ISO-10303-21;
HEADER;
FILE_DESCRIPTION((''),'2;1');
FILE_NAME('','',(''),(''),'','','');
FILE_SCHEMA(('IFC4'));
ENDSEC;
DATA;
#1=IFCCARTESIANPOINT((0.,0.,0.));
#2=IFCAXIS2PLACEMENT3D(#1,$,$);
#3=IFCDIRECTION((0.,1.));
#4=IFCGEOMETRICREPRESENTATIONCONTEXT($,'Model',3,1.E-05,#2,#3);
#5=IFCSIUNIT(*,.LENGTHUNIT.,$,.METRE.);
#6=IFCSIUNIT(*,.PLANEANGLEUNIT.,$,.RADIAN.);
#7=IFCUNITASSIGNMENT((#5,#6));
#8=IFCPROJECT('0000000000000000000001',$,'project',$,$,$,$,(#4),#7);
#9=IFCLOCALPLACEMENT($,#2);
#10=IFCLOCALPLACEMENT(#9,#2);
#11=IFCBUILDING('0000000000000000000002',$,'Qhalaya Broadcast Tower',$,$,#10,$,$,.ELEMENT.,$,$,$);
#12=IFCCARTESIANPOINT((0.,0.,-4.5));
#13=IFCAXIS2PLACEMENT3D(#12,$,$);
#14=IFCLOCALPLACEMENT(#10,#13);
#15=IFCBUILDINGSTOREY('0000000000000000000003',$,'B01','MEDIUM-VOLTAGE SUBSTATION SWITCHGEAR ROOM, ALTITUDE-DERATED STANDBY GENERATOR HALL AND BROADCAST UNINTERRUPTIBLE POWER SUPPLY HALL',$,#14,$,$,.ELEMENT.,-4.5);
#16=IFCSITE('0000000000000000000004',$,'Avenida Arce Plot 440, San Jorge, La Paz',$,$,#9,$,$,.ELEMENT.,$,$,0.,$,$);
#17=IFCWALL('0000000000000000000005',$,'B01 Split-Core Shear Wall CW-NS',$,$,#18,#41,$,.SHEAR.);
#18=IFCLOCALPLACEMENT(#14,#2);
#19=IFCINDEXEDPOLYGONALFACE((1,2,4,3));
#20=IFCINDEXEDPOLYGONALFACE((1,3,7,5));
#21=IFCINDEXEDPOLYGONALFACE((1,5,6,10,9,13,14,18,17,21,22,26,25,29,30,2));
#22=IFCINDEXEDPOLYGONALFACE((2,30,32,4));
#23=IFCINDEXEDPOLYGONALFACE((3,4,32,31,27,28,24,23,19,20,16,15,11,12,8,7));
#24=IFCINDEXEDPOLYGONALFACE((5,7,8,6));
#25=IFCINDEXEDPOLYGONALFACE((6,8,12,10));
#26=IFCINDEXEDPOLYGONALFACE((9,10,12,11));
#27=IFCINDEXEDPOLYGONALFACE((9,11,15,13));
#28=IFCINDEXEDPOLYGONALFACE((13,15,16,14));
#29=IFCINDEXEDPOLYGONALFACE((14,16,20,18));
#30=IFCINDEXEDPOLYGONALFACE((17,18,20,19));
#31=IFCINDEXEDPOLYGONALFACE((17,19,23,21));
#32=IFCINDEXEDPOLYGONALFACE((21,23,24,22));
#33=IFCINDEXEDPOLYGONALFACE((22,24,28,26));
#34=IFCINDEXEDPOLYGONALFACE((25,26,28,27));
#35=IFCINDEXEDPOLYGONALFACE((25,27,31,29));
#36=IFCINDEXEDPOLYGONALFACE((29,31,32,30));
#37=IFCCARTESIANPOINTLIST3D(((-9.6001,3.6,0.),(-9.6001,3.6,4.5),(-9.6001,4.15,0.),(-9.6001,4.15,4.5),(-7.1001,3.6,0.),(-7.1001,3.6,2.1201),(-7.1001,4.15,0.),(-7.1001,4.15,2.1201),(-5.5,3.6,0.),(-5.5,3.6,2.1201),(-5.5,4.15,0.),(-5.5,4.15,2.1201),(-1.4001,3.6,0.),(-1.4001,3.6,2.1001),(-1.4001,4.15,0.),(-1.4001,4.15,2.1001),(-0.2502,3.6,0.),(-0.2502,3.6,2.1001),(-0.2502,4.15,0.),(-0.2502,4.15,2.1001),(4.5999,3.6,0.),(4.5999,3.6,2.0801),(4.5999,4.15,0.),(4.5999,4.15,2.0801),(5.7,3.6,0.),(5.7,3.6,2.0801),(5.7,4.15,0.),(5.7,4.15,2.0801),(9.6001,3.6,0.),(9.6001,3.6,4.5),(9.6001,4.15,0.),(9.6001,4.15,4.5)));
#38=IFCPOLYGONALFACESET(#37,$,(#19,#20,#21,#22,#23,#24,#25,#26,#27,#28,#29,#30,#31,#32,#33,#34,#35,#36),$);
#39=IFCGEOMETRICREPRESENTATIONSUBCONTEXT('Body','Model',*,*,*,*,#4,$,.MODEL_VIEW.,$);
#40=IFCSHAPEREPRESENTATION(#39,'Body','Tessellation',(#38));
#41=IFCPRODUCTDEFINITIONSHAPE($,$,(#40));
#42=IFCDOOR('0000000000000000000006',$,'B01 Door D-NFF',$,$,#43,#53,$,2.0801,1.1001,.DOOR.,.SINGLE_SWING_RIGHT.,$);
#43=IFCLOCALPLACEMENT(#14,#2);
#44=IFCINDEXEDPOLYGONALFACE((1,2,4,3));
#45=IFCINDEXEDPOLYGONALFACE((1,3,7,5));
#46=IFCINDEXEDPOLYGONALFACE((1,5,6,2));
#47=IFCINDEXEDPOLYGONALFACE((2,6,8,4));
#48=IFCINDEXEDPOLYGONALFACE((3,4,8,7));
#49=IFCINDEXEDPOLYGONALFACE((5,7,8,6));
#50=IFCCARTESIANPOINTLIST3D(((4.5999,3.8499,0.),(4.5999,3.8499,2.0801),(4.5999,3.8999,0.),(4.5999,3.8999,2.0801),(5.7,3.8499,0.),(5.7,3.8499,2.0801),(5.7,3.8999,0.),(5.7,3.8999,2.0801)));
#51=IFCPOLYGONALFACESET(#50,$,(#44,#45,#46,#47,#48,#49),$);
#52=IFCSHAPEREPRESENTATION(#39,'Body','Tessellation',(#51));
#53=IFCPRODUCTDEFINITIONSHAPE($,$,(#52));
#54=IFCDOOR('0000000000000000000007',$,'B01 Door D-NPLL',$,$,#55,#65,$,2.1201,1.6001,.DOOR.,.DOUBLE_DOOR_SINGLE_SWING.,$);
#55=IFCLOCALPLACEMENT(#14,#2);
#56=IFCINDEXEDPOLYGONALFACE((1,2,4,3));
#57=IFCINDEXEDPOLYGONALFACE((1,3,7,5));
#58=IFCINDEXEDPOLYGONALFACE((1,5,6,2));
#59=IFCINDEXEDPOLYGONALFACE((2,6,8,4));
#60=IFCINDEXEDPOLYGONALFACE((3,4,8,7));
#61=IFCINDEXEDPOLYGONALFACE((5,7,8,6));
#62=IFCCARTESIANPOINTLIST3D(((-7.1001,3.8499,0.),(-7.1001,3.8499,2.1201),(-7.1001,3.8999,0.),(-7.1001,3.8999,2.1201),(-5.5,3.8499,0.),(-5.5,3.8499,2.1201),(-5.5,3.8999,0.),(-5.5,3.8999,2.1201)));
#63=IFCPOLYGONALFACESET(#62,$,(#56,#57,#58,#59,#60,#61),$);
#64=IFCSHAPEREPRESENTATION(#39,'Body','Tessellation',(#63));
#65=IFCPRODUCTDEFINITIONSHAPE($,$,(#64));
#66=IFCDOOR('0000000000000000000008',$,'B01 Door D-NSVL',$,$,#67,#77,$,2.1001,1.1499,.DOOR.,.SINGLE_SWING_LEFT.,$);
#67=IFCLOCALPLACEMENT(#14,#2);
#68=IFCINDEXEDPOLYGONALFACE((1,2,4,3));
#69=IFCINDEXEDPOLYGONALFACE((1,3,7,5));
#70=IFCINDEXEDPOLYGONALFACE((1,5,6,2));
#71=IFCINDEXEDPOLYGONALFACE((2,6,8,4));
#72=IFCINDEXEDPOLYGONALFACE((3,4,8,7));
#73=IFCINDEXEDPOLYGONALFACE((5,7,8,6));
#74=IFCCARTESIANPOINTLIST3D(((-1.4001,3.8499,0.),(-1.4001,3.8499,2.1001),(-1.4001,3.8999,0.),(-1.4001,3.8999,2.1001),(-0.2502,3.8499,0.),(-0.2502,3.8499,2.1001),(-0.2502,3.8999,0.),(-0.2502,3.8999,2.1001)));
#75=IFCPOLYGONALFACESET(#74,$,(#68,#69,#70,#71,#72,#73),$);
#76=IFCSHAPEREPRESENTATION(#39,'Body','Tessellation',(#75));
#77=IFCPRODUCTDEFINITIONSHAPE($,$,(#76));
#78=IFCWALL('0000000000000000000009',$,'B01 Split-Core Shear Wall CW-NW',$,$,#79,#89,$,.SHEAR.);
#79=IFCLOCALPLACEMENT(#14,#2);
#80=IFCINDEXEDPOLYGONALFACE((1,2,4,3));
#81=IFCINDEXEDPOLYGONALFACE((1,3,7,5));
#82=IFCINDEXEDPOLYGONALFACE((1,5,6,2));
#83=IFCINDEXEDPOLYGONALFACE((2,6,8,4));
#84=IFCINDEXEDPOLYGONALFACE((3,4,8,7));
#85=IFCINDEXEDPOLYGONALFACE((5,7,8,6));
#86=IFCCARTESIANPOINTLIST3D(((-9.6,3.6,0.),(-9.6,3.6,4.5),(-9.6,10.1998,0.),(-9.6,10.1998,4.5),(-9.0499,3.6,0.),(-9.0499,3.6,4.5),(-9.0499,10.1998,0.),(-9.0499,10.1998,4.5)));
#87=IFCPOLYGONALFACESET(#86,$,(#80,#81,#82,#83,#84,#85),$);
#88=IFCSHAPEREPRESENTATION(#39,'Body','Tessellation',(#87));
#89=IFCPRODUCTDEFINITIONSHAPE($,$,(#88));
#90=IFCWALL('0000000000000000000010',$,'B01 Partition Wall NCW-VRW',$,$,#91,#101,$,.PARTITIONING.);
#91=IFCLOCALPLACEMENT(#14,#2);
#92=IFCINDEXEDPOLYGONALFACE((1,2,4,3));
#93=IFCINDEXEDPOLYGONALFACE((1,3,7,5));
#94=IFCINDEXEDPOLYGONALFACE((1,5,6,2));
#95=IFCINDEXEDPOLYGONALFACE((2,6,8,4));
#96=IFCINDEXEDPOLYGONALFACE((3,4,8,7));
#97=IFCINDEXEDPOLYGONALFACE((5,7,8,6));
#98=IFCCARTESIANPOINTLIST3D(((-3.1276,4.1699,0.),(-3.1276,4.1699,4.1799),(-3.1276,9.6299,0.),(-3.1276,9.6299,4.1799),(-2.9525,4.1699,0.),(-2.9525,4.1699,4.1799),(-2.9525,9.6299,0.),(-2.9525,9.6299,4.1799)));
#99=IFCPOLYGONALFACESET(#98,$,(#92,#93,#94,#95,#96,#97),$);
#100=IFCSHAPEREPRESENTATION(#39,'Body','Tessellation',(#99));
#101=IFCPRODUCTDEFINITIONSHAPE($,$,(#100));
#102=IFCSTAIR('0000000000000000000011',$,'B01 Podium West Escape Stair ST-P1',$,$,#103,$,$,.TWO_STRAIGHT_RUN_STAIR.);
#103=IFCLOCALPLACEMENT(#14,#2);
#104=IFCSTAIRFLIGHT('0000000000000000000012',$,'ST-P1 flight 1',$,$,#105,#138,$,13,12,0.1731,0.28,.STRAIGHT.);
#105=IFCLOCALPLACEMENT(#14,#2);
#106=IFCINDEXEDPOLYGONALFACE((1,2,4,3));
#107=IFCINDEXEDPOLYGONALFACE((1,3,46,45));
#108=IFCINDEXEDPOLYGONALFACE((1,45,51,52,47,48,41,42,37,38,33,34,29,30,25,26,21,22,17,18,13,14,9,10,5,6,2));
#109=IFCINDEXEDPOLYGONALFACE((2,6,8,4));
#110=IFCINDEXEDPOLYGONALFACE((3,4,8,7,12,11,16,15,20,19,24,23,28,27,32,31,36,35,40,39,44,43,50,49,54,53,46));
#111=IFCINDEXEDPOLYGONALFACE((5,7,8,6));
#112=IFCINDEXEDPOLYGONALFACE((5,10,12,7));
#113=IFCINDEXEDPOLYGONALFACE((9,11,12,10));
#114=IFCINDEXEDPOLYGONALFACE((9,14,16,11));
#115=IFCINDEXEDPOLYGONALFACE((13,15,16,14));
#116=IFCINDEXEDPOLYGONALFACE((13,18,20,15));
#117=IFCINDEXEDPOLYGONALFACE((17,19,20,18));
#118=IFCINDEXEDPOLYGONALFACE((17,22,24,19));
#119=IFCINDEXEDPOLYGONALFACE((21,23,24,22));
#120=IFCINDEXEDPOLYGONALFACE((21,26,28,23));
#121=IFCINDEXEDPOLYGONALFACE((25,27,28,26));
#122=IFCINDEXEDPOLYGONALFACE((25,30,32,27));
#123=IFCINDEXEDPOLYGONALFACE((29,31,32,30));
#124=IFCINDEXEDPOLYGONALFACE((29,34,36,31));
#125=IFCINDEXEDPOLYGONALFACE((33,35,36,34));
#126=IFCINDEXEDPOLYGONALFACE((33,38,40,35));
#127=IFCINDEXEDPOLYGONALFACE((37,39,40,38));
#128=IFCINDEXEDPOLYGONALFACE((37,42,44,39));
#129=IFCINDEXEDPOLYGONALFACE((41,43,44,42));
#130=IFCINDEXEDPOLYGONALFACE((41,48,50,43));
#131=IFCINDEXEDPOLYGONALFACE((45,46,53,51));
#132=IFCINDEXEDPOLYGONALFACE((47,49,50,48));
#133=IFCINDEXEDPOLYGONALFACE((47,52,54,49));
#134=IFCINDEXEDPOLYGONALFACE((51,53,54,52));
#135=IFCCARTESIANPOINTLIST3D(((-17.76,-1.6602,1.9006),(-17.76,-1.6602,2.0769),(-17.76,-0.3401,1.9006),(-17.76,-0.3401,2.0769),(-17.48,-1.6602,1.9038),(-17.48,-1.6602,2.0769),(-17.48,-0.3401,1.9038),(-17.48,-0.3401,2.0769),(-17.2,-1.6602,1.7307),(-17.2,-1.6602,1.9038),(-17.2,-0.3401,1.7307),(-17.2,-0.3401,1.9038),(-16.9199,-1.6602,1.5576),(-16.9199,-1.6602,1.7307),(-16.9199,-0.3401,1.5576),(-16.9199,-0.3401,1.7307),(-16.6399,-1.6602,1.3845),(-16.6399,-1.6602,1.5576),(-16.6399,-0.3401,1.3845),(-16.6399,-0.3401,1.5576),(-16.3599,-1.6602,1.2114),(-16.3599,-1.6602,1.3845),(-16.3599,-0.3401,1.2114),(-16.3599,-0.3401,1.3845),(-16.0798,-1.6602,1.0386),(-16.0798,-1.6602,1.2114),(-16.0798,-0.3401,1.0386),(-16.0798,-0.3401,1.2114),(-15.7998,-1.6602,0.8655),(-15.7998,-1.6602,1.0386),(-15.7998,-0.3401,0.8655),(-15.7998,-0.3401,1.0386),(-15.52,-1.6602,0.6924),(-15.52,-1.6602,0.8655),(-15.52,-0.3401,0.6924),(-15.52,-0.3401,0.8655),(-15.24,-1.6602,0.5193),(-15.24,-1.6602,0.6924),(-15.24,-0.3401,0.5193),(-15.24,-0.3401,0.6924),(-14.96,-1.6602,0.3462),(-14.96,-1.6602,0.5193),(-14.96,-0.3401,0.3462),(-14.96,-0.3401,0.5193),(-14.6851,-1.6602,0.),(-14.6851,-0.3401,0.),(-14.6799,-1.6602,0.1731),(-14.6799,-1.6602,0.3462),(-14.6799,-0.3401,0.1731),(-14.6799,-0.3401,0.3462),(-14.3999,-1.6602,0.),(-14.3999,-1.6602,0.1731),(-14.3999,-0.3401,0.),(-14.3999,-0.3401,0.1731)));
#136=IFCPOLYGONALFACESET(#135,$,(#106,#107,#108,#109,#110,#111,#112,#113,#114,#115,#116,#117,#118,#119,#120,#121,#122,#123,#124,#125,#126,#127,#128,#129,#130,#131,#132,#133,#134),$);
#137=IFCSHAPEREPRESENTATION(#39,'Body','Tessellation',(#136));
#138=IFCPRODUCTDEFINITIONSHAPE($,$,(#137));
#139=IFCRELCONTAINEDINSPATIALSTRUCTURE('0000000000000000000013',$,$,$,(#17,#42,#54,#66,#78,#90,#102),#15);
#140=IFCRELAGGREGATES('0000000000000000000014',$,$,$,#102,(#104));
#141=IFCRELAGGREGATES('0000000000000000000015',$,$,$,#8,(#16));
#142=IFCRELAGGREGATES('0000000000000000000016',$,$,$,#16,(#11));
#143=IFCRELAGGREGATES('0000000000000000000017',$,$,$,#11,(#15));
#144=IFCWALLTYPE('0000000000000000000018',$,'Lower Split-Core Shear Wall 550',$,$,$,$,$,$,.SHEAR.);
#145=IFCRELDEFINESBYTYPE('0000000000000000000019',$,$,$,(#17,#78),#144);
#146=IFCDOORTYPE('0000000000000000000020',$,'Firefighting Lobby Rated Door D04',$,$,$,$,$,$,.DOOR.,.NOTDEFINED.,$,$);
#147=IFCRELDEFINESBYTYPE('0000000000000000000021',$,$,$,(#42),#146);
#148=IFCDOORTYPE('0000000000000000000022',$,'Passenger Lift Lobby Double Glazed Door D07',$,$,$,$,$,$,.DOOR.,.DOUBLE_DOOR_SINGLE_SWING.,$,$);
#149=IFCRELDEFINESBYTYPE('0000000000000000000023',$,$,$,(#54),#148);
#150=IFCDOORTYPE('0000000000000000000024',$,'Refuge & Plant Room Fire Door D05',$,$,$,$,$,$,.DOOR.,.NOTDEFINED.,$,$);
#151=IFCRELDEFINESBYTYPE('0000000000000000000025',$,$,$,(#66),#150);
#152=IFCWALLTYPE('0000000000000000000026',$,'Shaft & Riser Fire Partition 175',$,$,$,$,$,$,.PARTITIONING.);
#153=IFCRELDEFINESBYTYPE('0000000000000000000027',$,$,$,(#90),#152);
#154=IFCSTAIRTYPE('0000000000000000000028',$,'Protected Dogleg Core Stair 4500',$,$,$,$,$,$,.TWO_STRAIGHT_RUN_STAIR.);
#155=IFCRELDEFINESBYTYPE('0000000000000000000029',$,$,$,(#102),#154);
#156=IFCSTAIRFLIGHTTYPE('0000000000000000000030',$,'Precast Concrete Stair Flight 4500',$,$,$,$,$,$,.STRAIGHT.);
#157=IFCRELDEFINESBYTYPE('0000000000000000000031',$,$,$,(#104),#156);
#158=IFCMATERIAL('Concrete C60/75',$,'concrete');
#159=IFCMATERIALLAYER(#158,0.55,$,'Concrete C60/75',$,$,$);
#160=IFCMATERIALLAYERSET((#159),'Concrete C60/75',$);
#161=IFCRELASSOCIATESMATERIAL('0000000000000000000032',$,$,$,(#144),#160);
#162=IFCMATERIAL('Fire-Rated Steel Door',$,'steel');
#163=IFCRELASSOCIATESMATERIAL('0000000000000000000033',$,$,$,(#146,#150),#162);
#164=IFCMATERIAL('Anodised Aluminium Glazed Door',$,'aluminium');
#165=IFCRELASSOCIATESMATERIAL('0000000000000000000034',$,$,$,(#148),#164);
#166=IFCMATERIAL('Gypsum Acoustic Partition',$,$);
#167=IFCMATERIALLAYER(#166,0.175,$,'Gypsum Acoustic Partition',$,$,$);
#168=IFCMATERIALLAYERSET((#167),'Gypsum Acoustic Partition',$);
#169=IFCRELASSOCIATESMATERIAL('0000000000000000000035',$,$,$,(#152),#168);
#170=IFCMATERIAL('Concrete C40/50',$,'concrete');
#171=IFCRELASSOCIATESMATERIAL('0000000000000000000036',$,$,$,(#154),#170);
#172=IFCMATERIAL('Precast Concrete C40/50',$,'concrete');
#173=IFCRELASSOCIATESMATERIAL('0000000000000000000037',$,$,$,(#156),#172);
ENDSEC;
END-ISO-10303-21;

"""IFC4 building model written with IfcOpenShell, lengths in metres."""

from ifc_helpers import new_model, si_unit, direction, frame, frame_2d, origin, place, context, subcontext, project, spatial, polyline, rectangle, outline, extrude, material, layer, layer_set, type_object, element, fill, aggregate, save


model = new_model("IFC4")

# Units and contexts
model_context = context("Model", 3, precision=1e-05, world=origin(), true_north=direction((0.0, 1.0)))
body_context = subcontext(model_context, "Body", "Model", "MODEL_VIEW")
ifc_project = project(units=[si_unit("LENGTHUNIT", "METRE"), si_unit("PLANEANGLEUNIT", "RADIAN")], contexts=[model_context])

# Site, building, storey
site_placement = place(None, origin())
site = spatial("IfcSite", under=ifc_project, at=site_placement, Name="Avenida Arce Plot 440, San Jorge, La Paz", CompositionType="ELEMENT", RefElevation=0.0)
building_placement = place(site_placement, origin())
building = spatial("IfcBuilding", under=site, at=building_placement, Name="Qhalaya Broadcast Tower", CompositionType="ELEMENT")
storey_placement = place(building_placement, frame((0.0, 0.0, -4.5)))
storey = spatial("IfcBuildingStorey", under=building, at=storey_placement, Name="B01", Description="MEDIUM-VOLTAGE SUBSTATION SWITCHGEAR ROOM, ALTITUDE-DERATED STANDBY GENERATOR HALL AND BROADCAST UNINTERRUPTIBLE POWER SUPPLY HALL", CompositionType="ELEMENT", Elevation=-4.5)

# Shared definitions
ifc_material_1 = material(Name="Concrete C60/75", Category="concrete")

# Shared definitions
ifc_material_2 = material(Name="Gypsum Acoustic Partition")
ifc_material_3 = material(Name="Fire-Rated Steel Door", Category="steel")

# Wall, openings, doors
ifc_layer_1 = layer(ifc_material_1, 0.55, Name="Concrete C60/75")
ifc_layer_set_1 = layer_set([ifc_layer_1], Name="Concrete C60/75")
wall_type_1 = type_object("IfcWallType", Name="Lower Split-Core Shear Wall 550", PredefinedType="SHEAR", material=ifc_layer_set_1)
wall_1_placement = place(storey_placement, frame((-9.6001, 3.875, 0.0), z_axis=(0.0, 0.0, 1.0), x_axis=(1.0, 0.0, 0.0)))
wall_1 = element("IfcWall", 1, at=wall_1_placement, inside=storey, type_object=wall_type_1, Name="B01 Split-Core Shear Wall CW-NS", PredefinedType="SHEAR", context=body_context, shape_type="SweptSolid", body=[
    extrude(rectangle(XDim=19.2002, YDim=0.55, at=frame_2d((9.6001, 0.0))), origin(), (0.0, 0.0, 1.0), 4.5),
])
opening_1_placement = place(wall_1_placement, frame((14.2, 0.0, 0.0)))
opening_1 = element("IfcOpeningElement", 2, at=opening_1_placement, cuts=wall_1, PredefinedType="OPENING", context=body_context, shape_type="SweptSolid", body=[
    extrude(rectangle(XDim=1.1001, YDim=2.0801, at=frame_2d((0.55, 1.04))), frame((0.0, 0.2871, 0.0), z_axis=(0.0, -1.0, 0.0), x_axis=(1.0, 0.0, 0.0)), (0.0, 0.0, 1.0), 0.574),
])
opening_2_placement = place(wall_1_placement, frame((8.2, 0.0, 0.0)))
opening_2 = element("IfcOpeningElement", 3, at=opening_2_placement, cuts=wall_1, PredefinedType="OPENING", context=body_context, shape_type="SweptSolid", body=[
    extrude(rectangle(XDim=1.1499, YDim=2.1001, at=frame_2d((0.575, 1.05))), frame((0.0, 0.2871, 0.0), z_axis=(0.0, -1.0, 0.0), x_axis=(1.0, 0.0, 0.0)), (0.0, 0.0, 1.0), 0.574),
])
opening_3_placement = place(wall_1_placement, frame((2.5, 0.0, 0.0)))
opening_3 = element("IfcOpeningElement", 4, at=opening_3_placement, cuts=wall_1, PredefinedType="OPENING", context=body_context, shape_type="SweptSolid", body=[
    extrude(rectangle(XDim=1.6001, YDim=2.1201, at=frame_2d((0.8, 1.0601))), frame((0.0, 0.2871, 0.0), z_axis=(0.0, -1.0, 0.0), x_axis=(1.0, 0.0, 0.0)), (0.0, 0.0, 1.0), 0.574),
])
door_type_1 = type_object("IfcDoorType", Name="Firefighting Lobby Rated Door D04", OperationType="NOTDEFINED", PredefinedType="DOOR", material=ifc_material_3)
door_1_placement = place(opening_1_placement, origin())
door_1 = element("IfcDoor", 5, at=door_1_placement, inside=storey, type_object=door_type_1, Name="B01 Door D-NFF", OperationType="SINGLE_SWING_RIGHT", OverallHeight=2.0801, OverallWidth=1.1001, PredefinedType="DOOR", context=body_context, shape_type="SweptSolid", body=[
    extrude(rectangle(XDim=1.1001, YDim=2.0801, at=frame_2d((0.55, 1.04))), frame((0.0, 0.0249, 0.0), z_axis=(0.0, -1.0, 0.0), x_axis=(1.0, 0.0, 0.0)), (0.0, 0.0, 1.0), 0.05),
])
fill(opening_1, door_1)
ifc_material_4 = material(Name="Anodised Aluminium Glazed Door", Category="aluminium")
door_type_2 = type_object("IfcDoorType", Name="Passenger Lift Lobby Double Glazed Door D07", OperationType="DOUBLE_DOOR_SINGLE_SWING", PredefinedType="DOOR", material=ifc_material_4)
door_2_placement = place(opening_3_placement, origin())
door_2 = element("IfcDoor", 6, at=door_2_placement, inside=storey, type_object=door_type_2, Name="B01 Door D-NPLL", OperationType="DOUBLE_DOOR_SINGLE_SWING", OverallHeight=2.1201, OverallWidth=1.6001, PredefinedType="DOOR", context=body_context, shape_type="SweptSolid", body=[
    extrude(rectangle(XDim=1.6001, YDim=2.1201, at=frame_2d((0.8, 1.0601))), frame((0.0, 0.0249, 0.0), z_axis=(0.0, -1.0, 0.0), x_axis=(1.0, 0.0, 0.0)), (0.0, 0.0, 1.0), 0.05),
])
fill(opening_3, door_2)
door_type_3 = type_object("IfcDoorType", Name="Refuge & Plant Room Fire Door D05", OperationType="NOTDEFINED", PredefinedType="DOOR", material=ifc_material_3)
door_3_placement = place(opening_2_placement, origin())
door_3 = element("IfcDoor", 7, at=door_3_placement, inside=storey, type_object=door_type_3, Name="B01 Door D-NSVL", OperationType="SINGLE_SWING_LEFT", OverallHeight=2.1001, OverallWidth=1.1499, PredefinedType="DOOR", context=body_context, shape_type="SweptSolid", body=[
    extrude(rectangle(XDim=1.1499, YDim=2.1001, at=frame_2d((0.575, 1.05))), frame((0.0, 0.0249, 0.0), z_axis=(0.0, -1.0, 0.0), x_axis=(1.0, 0.0, 0.0)), (0.0, 0.0, 1.0), 0.05),
])
fill(opening_2, door_3)

# Walls
wall_2_placement = place(storey_placement, frame((-9.325, 3.6001, 0.0), z_axis=(0.0, 0.0, 1.0), x_axis=(0.0, 1.0, 0.0)))
element("IfcWall", 8, at=wall_2_placement, inside=storey, type_object=wall_type_1, Name="B01 Split-Core Shear Wall CW-NW", PredefinedType="SHEAR", context=body_context, shape_type="SweptSolid", body=[
    extrude(rectangle(XDim=6.5999, YDim=0.55, at=frame_2d((3.2998, 0.0))), origin(), (0.0, 0.0, 1.0), 4.5),
])
ifc_layer_2 = layer(ifc_material_2, 0.175, Name="Gypsum Acoustic Partition")
ifc_layer_set_2 = layer_set([ifc_layer_2], Name="Gypsum Acoustic Partition")
wall_type_2 = type_object("IfcWallType", Name="Shaft & Riser Fire Partition 175", PredefinedType="PARTITIONING", material=ifc_layer_set_2)
wall_3_placement = place(storey_placement, frame((-3.04, 4.1699, 0.0), z_axis=(0.0, 0.0, 1.0), x_axis=(0.0, 1.0, 0.0)))
element("IfcWall", 9, at=wall_3_placement, inside=storey, type_object=wall_type_2, Name="B01 Partition Wall NCW-VRW", PredefinedType="PARTITIONING", context=body_context, shape_type="SweptSolid", body=[
    extrude(rectangle(XDim=5.46, YDim=0.175, at=frame_2d((2.73, 0.0))), origin(), (0.0, 0.0, 1.0), 4.1799),
])

# Stair, stair flight
ifc_material_5 = material(Name="Concrete C40/50", Category="concrete")
stair_type = type_object("IfcStairType", Name="Protected Dogleg Core Stair 4500", PredefinedType="TWO_STRAIGHT_RUN_STAIR", material=ifc_material_5)
stair_placement = place(storey_placement, origin())
stair = element("IfcStair", 10, at=stair_placement, inside=storey, type_object=stair_type, Name="B01 Podium West Escape Stair ST-P1", PredefinedType="TWO_STRAIGHT_RUN_STAIR")
ifc_material_6 = material(Name="Precast Concrete C40/50", Category="concrete")
stair_flight_type = type_object("IfcStairFlightType", Name="Precast Concrete Stair Flight 4500", PredefinedType="STRAIGHT", material=ifc_material_6)
stair_flight_placement = place(storey_placement, frame((-14.3999, -1.0, 0.0), z_axis=(0.0, 0.0, 1.0), x_axis=(-1.0, 0.0, 0.0)))
stair_flight = element("IfcStairFlight", 11, at=stair_flight_placement, type_object=stair_flight_type, Name="ST-P1 flight 1", NumberOfRisers=13, NumberOfTreads=12, PredefinedType="STRAIGHT", RiserHeight=0.1731, TreadLength=0.28, context=body_context, shape_type="SweptSolid", body=[
    extrude(outline(polyline([(0.0, 0.0), (0.0, 0.1731), (0.28, 0.1731), (0.28, 0.3462), (0.5601, 0.3462), (0.5601, 0.5193), (0.8401, 0.5193), (0.8401, 0.6924), (1.1201, 0.6924), (1.1201, 0.8655), (1.3999, 0.8655), (1.3999, 1.0386), (1.6799, 1.0386), (1.6799, 1.2114), (1.96, 1.2114), (1.96, 1.3845), (2.24, 1.3845), (2.24, 1.5576), (2.52, 1.5576), (2.52, 1.7307), (2.8, 1.7307), (2.8, 1.9038), (3.0801, 1.9038), (3.0801, 2.0769), (3.3601, 2.0769), (3.3601, 2.25), (3.3601, 1.9006), (0.2852, 0.0), (0.0, 0.0)])), frame((0.0, 0.6602, 0.0), z_axis=(0.0, -1.0, 0.0), x_axis=(1.0, 0.0, 0.0)), (0.0, 0.0, 1.0), 1.3201),
])
aggregate(stair, [stair_flight])

save(model, "model.ifc")
